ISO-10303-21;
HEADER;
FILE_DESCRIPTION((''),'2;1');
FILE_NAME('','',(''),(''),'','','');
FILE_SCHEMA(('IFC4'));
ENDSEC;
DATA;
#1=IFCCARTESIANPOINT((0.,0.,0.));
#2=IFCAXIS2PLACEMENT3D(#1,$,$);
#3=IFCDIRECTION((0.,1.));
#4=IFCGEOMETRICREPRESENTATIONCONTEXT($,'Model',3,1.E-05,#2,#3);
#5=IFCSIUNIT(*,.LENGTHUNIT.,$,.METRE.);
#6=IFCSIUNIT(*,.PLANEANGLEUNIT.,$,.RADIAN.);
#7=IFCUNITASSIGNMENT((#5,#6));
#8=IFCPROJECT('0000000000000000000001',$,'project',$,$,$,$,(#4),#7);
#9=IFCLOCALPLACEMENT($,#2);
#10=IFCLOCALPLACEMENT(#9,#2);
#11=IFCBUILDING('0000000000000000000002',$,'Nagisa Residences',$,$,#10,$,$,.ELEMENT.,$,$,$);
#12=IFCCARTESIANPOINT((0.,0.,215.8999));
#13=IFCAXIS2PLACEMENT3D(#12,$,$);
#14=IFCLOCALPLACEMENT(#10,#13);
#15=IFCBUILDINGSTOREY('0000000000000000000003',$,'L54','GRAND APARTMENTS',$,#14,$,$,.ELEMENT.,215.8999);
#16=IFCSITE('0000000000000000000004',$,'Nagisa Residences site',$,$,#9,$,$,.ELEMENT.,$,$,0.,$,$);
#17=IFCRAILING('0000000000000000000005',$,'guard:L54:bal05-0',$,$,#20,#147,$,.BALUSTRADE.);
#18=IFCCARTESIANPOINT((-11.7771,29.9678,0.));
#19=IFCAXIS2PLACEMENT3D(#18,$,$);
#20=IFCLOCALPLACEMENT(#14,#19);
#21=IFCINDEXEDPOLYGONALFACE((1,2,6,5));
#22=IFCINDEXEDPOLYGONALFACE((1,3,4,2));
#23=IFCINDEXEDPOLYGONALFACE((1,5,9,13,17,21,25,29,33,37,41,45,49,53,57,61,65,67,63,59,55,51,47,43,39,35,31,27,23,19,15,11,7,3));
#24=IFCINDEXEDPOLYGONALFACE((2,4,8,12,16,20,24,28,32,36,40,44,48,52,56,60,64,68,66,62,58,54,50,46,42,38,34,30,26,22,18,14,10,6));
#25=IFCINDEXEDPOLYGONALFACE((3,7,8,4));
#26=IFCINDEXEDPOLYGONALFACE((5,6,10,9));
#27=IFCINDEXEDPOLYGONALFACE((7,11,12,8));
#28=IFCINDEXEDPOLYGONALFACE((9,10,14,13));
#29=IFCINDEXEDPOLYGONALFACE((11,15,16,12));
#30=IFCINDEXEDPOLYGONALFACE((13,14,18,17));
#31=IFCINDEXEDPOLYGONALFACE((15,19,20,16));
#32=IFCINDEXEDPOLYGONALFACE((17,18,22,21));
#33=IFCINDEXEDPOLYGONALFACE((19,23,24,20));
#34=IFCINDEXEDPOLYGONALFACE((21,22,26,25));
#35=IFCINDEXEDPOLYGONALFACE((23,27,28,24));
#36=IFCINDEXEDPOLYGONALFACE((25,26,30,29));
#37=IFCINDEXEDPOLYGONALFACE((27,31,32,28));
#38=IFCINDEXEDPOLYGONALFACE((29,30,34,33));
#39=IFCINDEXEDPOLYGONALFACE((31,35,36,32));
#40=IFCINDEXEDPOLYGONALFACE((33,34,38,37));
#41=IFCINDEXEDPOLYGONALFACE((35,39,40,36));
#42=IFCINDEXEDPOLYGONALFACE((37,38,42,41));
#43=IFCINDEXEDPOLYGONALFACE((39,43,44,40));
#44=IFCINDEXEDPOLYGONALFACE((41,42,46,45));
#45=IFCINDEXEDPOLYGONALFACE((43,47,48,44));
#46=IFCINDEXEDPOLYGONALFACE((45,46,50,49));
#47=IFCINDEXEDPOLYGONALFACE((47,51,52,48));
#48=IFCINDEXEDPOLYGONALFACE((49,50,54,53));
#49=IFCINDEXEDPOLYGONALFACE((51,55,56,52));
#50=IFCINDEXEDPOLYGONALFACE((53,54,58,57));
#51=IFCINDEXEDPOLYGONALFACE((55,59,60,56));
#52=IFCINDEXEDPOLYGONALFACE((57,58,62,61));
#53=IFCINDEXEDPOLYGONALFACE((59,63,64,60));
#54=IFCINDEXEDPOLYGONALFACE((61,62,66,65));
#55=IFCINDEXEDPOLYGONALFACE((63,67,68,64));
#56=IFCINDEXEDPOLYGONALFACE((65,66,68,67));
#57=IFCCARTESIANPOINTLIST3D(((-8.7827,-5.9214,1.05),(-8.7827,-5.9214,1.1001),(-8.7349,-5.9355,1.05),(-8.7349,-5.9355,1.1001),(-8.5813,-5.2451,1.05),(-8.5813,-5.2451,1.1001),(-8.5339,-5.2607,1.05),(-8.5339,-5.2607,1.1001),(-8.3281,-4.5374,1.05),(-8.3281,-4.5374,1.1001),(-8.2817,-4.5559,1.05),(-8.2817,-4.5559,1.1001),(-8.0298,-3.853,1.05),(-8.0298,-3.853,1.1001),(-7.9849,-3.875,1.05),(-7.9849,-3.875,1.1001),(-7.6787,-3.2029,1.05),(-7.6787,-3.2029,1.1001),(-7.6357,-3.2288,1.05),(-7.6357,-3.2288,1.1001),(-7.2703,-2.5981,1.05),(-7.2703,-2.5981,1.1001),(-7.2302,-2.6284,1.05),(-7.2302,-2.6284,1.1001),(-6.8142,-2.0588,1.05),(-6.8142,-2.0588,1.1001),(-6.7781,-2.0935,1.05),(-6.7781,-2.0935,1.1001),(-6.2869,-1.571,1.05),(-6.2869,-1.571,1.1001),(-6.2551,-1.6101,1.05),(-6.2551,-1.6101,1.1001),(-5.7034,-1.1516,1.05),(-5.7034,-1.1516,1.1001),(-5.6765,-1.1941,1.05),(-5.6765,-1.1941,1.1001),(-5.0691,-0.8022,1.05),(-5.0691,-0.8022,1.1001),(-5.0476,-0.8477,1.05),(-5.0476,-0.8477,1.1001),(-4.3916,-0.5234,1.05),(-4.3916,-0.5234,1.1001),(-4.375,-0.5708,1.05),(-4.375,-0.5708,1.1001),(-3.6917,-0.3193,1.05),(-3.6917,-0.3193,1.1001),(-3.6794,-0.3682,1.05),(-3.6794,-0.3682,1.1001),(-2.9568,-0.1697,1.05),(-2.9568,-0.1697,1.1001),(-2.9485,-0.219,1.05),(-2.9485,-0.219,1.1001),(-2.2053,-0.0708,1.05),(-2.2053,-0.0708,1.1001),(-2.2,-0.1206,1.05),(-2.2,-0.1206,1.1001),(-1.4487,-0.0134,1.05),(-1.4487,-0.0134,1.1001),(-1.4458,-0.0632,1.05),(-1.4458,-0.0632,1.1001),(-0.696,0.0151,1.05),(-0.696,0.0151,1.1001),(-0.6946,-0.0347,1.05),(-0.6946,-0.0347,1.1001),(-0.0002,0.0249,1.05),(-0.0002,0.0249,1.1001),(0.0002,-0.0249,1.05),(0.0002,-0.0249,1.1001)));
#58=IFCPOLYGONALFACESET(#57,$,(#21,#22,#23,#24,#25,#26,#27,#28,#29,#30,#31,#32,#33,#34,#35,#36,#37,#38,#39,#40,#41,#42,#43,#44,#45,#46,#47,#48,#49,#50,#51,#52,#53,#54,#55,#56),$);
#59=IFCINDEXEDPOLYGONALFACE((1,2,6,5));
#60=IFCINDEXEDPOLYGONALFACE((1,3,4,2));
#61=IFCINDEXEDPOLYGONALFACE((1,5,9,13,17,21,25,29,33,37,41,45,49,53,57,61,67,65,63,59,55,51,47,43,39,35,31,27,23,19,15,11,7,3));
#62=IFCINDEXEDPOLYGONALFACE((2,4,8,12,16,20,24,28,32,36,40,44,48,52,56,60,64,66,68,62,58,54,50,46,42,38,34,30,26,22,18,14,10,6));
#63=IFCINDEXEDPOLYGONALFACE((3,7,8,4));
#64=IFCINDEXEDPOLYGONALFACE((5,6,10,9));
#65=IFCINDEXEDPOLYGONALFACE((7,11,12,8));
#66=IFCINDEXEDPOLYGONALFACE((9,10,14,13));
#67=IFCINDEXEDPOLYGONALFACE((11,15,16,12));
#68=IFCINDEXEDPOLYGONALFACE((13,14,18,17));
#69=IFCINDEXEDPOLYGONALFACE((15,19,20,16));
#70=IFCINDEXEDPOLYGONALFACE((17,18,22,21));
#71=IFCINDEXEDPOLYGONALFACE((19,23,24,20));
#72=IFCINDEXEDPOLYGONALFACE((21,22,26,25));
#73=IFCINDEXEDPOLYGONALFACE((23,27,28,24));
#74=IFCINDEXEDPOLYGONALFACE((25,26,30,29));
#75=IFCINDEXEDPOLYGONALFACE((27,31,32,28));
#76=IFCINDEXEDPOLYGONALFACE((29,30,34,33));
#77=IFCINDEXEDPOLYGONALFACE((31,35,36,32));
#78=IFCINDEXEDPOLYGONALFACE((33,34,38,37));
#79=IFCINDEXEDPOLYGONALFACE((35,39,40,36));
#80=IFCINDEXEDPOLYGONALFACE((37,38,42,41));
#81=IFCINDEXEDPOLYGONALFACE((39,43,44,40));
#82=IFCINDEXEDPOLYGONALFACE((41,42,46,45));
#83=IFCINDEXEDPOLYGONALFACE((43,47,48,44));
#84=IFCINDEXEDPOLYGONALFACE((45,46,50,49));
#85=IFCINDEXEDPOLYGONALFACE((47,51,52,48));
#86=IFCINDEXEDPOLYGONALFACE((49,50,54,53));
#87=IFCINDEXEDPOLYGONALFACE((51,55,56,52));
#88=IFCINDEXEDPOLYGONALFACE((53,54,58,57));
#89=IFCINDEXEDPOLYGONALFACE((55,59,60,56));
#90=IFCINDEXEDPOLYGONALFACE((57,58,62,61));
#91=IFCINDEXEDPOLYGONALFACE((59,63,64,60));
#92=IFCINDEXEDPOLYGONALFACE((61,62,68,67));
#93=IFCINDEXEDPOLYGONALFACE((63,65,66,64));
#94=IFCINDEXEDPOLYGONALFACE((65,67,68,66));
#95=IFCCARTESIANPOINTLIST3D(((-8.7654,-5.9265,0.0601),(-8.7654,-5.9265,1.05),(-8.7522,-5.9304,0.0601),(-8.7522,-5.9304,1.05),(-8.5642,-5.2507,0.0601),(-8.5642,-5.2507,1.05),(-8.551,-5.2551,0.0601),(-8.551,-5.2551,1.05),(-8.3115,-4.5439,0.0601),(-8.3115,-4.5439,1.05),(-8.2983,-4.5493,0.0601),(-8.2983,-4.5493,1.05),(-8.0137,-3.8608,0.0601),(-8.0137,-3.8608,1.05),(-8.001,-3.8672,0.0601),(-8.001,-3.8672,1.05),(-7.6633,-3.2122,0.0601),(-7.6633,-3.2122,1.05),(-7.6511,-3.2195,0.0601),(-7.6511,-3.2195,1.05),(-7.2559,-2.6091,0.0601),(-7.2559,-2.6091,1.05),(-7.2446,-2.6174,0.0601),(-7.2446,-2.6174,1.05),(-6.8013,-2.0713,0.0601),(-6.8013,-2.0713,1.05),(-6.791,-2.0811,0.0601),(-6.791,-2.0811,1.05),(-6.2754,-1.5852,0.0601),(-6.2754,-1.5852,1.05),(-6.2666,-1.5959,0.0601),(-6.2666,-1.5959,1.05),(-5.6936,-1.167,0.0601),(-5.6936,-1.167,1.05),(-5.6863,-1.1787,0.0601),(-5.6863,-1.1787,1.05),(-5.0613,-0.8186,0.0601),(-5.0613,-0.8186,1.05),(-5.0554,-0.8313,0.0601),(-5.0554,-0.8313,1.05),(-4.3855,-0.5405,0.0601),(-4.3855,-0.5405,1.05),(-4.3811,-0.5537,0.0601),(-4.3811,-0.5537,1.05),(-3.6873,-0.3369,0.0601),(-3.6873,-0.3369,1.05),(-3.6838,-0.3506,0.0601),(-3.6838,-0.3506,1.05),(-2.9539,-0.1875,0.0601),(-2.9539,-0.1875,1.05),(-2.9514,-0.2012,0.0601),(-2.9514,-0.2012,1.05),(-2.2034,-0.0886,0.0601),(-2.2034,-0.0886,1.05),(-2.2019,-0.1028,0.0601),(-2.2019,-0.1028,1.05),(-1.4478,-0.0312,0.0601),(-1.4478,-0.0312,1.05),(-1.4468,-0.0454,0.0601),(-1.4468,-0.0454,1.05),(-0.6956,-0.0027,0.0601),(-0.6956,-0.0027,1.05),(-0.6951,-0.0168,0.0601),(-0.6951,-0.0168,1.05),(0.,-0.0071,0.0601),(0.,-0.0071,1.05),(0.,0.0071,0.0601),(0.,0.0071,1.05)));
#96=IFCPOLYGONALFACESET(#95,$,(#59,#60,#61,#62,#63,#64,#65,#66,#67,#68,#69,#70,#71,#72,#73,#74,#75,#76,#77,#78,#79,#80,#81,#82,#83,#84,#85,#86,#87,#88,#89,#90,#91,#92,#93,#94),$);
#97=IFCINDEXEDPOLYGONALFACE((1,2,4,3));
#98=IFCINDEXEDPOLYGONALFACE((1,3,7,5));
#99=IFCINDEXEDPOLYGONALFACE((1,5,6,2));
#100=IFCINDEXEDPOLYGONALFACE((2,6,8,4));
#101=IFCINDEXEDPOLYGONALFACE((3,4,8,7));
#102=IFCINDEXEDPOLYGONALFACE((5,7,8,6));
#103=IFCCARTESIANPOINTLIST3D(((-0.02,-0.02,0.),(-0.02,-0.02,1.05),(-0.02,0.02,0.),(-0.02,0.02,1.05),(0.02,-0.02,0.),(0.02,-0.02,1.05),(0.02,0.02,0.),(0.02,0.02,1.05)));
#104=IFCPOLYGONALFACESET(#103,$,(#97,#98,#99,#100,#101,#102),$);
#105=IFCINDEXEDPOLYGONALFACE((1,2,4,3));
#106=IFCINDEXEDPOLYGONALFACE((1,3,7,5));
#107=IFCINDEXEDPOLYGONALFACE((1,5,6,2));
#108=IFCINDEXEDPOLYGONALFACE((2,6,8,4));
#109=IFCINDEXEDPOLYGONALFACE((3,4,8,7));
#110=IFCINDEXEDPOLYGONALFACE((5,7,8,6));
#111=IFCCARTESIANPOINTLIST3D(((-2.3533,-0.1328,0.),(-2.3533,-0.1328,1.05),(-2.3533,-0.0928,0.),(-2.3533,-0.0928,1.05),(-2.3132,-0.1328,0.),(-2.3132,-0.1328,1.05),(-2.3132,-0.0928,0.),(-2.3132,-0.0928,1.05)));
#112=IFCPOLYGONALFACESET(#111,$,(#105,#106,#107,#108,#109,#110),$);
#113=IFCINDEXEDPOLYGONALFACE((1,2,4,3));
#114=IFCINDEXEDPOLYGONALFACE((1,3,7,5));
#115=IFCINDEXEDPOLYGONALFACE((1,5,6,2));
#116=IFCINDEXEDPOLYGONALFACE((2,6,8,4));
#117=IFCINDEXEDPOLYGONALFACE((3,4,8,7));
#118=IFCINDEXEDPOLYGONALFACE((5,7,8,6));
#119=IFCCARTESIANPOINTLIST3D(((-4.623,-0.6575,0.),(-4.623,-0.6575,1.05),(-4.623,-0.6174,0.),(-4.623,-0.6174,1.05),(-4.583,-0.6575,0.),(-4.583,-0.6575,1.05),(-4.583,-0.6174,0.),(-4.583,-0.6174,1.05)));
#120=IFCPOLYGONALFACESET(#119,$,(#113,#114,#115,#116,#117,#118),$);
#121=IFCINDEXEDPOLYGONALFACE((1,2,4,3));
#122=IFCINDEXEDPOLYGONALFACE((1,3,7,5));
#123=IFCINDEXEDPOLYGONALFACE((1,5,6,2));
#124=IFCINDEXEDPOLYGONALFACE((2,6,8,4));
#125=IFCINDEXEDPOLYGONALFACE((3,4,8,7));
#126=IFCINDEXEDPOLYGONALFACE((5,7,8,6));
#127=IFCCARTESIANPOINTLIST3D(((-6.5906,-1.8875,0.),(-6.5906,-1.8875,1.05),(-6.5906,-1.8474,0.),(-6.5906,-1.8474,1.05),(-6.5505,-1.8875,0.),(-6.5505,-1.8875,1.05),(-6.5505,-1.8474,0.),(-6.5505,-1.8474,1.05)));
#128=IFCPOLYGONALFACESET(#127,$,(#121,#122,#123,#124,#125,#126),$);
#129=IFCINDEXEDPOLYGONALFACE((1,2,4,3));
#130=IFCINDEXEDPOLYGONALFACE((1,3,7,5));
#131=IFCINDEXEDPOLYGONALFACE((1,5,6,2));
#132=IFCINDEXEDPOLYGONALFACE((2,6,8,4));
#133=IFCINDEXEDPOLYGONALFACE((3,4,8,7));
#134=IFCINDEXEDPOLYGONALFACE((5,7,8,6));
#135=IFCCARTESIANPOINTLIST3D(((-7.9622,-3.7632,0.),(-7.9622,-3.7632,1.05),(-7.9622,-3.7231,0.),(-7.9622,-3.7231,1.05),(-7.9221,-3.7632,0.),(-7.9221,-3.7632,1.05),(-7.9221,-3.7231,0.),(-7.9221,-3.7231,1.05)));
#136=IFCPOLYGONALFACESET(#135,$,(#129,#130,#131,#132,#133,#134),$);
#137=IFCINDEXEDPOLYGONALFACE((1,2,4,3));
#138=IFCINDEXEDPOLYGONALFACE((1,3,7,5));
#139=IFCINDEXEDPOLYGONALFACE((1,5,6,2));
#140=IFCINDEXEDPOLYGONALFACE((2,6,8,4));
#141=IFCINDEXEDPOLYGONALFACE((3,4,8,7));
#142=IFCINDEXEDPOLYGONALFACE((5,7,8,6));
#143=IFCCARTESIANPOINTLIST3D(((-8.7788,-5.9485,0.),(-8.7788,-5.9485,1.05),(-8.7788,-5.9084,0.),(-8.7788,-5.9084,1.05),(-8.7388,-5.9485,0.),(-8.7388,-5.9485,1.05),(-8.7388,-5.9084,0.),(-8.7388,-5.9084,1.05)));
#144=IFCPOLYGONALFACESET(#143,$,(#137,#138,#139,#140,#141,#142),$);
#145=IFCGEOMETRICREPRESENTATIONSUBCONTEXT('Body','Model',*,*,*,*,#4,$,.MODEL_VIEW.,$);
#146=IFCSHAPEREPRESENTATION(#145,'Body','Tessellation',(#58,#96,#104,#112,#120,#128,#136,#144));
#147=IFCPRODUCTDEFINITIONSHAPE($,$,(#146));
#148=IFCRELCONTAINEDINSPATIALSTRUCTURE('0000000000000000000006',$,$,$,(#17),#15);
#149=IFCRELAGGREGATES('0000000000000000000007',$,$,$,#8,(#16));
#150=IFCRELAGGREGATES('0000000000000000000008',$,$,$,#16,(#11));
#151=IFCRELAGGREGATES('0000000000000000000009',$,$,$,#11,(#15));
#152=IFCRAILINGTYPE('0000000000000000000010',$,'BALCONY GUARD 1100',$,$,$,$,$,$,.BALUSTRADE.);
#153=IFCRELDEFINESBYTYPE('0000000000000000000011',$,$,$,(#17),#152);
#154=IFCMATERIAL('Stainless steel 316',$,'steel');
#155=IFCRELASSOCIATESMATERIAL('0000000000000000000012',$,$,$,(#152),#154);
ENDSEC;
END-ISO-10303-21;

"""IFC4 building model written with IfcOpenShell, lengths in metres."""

from ifc_helpers import new_model, si_unit, direction, frame, origin, origin_2d, place, context, subcontext, project, spatial, polyline, rectangle, outline, extrude, material, type_object, element, save


model = new_model("IFC4")

# Units and contexts
model_context = context("Model", 3, precision=1e-05, world=origin(), true_north=direction((0.0, 1.0)))
body_context = subcontext(model_context, "Body", "Model", "MODEL_VIEW")
ifc_project = project(units=[si_unit("LENGTHUNIT", "METRE"), si_unit("PLANEANGLEUNIT", "RADIAN")], contexts=[model_context])

# Site, building, storey
site_placement = place(None, origin())
site = spatial("IfcSite", under=ifc_project, at=site_placement, Name="Nagisa Residences site", CompositionType="ELEMENT", RefElevation=0.0)
building_placement = place(site_placement, origin())
building = spatial("IfcBuilding", under=site, at=building_placement, Name="Nagisa Residences", CompositionType="ELEMENT")
storey_placement = place(building_placement, frame((0.0, 0.0, 215.8999)))
storey = spatial("IfcBuildingStorey", under=building, at=storey_placement, Name="L54", Description="GRAND APARTMENTS", CompositionType="ELEMENT", Elevation=215.8999)

# Railing
ifc_material_1 = material(Name="Stainless steel 316", Category="steel")
railing_type = type_object("IfcRailingType", Name="BALCONY GUARD 1100", PredefinedType="BALUSTRADE", material=ifc_material_1)
railing_1_placement = place(storey_placement, frame((-11.7771, 29.9678, 0.0)))
element("IfcRailing", 1, at=railing_1_placement, inside=storey, type_object=railing_type, Name="guard:L54:bal05-0", PredefinedType="BALUSTRADE", context=body_context, shape_type="SweptSolid", body=[
    extrude(outline(polyline([(-0.6946, -0.0347), (0.0002, -0.0249), (-0.0002, 0.0249), (-0.696, 0.0151), (-1.4487, -0.0134), (-2.2053, -0.0708), (-2.9568, -0.1697), (-3.6917, -0.3193), (-4.3916, -0.5234), (-5.0691, -0.8022), (-5.7034, -1.1516), (-6.2869, -1.571), (-6.8142, -2.0588), (-7.2703, -2.5981), (-7.6787, -3.2029), (-8.0298, -3.853), (-8.3281, -4.5374), (-8.5813, -5.2451), (-8.7827, -5.9214), (-8.7349, -5.9355), (-8.5339, -5.2607), (-8.2817, -4.5559), (-7.9849, -3.875), (-7.6357, -3.2288), (-7.2302, -2.6284), (-6.7781, -2.0935), (-6.2551, -1.6101), (-5.6765, -1.1941), (-5.0476, -0.8477), (-4.375, -0.5708), (-3.6794, -0.3682), (-2.9485, -0.219), (-2.2, -0.1206), (-1.4458, -0.0632), (-0.6946, -0.0347)])), frame((0.0, 0.0, 1.05)), (0.0, 0.0, 1.0), 0.05),
    extrude(outline(polyline([(-0.6951, -0.0168), (0.0, -0.0071), (0.0, 0.0071), (-0.6956, -0.0027), (-1.4478, -0.0312), (-2.2034, -0.0886), (-2.9539, -0.1875), (-3.6873, -0.3369), (-4.3855, -0.5405), (-5.0613, -0.8186), (-5.6936, -1.167), (-6.2754, -1.5852), (-6.8013, -2.0713), (-7.2559, -2.6091), (-7.6633, -3.2122), (-8.0137, -3.8608), (-8.3115, -4.5439), (-8.5642, -5.2507), (-8.7654, -5.9265), (-8.7522, -5.9304), (-8.551, -5.2551), (-8.2983, -4.5493), (-8.001, -3.8672), (-7.6511, -3.2195), (-7.2446, -2.6174), (-6.791, -2.0811), (-6.2666, -1.5959), (-5.6863, -1.1787), (-5.0554, -0.8313), (-4.3811, -0.5537), (-3.6838, -0.3506), (-2.9514, -0.2012), (-2.2019, -0.1028), (-1.4468, -0.0454), (-0.6951, -0.0168)])), frame((0.0, 0.0, 0.0601)), (0.0, 0.0, 1.0), 0.99),
    extrude(rectangle(XDim=0.04, YDim=0.04, at=origin_2d()), origin(), (0.0, 0.0, 1.0), 1.05),
    extrude(rectangle(XDim=0.04, YDim=0.04, at=origin_2d()), frame((-2.3333, -0.1128, 0.0)), (0.0, 0.0, 1.0), 1.05),
    extrude(rectangle(XDim=0.04, YDim=0.04, at=origin_2d()), frame((-4.603, -0.6375, 0.0)), (0.0, 0.0, 1.0), 1.05),
    extrude(rectangle(XDim=0.04, YDim=0.04, at=origin_2d()), frame((-6.5706, -1.8674, 0.0)), (0.0, 0.0, 1.0), 1.05),
    extrude(rectangle(XDim=0.04, YDim=0.04, at=origin_2d()), frame((-7.9421, -3.7432, 0.0)), (0.0, 0.0, 1.0), 1.05),
    extrude(rectangle(XDim=0.04, YDim=0.04, at=origin_2d()), frame((-8.7588, -5.9285, 0.0)), (0.0, 0.0, 1.0), 1.05),
])

save(model, "model.ifc")
